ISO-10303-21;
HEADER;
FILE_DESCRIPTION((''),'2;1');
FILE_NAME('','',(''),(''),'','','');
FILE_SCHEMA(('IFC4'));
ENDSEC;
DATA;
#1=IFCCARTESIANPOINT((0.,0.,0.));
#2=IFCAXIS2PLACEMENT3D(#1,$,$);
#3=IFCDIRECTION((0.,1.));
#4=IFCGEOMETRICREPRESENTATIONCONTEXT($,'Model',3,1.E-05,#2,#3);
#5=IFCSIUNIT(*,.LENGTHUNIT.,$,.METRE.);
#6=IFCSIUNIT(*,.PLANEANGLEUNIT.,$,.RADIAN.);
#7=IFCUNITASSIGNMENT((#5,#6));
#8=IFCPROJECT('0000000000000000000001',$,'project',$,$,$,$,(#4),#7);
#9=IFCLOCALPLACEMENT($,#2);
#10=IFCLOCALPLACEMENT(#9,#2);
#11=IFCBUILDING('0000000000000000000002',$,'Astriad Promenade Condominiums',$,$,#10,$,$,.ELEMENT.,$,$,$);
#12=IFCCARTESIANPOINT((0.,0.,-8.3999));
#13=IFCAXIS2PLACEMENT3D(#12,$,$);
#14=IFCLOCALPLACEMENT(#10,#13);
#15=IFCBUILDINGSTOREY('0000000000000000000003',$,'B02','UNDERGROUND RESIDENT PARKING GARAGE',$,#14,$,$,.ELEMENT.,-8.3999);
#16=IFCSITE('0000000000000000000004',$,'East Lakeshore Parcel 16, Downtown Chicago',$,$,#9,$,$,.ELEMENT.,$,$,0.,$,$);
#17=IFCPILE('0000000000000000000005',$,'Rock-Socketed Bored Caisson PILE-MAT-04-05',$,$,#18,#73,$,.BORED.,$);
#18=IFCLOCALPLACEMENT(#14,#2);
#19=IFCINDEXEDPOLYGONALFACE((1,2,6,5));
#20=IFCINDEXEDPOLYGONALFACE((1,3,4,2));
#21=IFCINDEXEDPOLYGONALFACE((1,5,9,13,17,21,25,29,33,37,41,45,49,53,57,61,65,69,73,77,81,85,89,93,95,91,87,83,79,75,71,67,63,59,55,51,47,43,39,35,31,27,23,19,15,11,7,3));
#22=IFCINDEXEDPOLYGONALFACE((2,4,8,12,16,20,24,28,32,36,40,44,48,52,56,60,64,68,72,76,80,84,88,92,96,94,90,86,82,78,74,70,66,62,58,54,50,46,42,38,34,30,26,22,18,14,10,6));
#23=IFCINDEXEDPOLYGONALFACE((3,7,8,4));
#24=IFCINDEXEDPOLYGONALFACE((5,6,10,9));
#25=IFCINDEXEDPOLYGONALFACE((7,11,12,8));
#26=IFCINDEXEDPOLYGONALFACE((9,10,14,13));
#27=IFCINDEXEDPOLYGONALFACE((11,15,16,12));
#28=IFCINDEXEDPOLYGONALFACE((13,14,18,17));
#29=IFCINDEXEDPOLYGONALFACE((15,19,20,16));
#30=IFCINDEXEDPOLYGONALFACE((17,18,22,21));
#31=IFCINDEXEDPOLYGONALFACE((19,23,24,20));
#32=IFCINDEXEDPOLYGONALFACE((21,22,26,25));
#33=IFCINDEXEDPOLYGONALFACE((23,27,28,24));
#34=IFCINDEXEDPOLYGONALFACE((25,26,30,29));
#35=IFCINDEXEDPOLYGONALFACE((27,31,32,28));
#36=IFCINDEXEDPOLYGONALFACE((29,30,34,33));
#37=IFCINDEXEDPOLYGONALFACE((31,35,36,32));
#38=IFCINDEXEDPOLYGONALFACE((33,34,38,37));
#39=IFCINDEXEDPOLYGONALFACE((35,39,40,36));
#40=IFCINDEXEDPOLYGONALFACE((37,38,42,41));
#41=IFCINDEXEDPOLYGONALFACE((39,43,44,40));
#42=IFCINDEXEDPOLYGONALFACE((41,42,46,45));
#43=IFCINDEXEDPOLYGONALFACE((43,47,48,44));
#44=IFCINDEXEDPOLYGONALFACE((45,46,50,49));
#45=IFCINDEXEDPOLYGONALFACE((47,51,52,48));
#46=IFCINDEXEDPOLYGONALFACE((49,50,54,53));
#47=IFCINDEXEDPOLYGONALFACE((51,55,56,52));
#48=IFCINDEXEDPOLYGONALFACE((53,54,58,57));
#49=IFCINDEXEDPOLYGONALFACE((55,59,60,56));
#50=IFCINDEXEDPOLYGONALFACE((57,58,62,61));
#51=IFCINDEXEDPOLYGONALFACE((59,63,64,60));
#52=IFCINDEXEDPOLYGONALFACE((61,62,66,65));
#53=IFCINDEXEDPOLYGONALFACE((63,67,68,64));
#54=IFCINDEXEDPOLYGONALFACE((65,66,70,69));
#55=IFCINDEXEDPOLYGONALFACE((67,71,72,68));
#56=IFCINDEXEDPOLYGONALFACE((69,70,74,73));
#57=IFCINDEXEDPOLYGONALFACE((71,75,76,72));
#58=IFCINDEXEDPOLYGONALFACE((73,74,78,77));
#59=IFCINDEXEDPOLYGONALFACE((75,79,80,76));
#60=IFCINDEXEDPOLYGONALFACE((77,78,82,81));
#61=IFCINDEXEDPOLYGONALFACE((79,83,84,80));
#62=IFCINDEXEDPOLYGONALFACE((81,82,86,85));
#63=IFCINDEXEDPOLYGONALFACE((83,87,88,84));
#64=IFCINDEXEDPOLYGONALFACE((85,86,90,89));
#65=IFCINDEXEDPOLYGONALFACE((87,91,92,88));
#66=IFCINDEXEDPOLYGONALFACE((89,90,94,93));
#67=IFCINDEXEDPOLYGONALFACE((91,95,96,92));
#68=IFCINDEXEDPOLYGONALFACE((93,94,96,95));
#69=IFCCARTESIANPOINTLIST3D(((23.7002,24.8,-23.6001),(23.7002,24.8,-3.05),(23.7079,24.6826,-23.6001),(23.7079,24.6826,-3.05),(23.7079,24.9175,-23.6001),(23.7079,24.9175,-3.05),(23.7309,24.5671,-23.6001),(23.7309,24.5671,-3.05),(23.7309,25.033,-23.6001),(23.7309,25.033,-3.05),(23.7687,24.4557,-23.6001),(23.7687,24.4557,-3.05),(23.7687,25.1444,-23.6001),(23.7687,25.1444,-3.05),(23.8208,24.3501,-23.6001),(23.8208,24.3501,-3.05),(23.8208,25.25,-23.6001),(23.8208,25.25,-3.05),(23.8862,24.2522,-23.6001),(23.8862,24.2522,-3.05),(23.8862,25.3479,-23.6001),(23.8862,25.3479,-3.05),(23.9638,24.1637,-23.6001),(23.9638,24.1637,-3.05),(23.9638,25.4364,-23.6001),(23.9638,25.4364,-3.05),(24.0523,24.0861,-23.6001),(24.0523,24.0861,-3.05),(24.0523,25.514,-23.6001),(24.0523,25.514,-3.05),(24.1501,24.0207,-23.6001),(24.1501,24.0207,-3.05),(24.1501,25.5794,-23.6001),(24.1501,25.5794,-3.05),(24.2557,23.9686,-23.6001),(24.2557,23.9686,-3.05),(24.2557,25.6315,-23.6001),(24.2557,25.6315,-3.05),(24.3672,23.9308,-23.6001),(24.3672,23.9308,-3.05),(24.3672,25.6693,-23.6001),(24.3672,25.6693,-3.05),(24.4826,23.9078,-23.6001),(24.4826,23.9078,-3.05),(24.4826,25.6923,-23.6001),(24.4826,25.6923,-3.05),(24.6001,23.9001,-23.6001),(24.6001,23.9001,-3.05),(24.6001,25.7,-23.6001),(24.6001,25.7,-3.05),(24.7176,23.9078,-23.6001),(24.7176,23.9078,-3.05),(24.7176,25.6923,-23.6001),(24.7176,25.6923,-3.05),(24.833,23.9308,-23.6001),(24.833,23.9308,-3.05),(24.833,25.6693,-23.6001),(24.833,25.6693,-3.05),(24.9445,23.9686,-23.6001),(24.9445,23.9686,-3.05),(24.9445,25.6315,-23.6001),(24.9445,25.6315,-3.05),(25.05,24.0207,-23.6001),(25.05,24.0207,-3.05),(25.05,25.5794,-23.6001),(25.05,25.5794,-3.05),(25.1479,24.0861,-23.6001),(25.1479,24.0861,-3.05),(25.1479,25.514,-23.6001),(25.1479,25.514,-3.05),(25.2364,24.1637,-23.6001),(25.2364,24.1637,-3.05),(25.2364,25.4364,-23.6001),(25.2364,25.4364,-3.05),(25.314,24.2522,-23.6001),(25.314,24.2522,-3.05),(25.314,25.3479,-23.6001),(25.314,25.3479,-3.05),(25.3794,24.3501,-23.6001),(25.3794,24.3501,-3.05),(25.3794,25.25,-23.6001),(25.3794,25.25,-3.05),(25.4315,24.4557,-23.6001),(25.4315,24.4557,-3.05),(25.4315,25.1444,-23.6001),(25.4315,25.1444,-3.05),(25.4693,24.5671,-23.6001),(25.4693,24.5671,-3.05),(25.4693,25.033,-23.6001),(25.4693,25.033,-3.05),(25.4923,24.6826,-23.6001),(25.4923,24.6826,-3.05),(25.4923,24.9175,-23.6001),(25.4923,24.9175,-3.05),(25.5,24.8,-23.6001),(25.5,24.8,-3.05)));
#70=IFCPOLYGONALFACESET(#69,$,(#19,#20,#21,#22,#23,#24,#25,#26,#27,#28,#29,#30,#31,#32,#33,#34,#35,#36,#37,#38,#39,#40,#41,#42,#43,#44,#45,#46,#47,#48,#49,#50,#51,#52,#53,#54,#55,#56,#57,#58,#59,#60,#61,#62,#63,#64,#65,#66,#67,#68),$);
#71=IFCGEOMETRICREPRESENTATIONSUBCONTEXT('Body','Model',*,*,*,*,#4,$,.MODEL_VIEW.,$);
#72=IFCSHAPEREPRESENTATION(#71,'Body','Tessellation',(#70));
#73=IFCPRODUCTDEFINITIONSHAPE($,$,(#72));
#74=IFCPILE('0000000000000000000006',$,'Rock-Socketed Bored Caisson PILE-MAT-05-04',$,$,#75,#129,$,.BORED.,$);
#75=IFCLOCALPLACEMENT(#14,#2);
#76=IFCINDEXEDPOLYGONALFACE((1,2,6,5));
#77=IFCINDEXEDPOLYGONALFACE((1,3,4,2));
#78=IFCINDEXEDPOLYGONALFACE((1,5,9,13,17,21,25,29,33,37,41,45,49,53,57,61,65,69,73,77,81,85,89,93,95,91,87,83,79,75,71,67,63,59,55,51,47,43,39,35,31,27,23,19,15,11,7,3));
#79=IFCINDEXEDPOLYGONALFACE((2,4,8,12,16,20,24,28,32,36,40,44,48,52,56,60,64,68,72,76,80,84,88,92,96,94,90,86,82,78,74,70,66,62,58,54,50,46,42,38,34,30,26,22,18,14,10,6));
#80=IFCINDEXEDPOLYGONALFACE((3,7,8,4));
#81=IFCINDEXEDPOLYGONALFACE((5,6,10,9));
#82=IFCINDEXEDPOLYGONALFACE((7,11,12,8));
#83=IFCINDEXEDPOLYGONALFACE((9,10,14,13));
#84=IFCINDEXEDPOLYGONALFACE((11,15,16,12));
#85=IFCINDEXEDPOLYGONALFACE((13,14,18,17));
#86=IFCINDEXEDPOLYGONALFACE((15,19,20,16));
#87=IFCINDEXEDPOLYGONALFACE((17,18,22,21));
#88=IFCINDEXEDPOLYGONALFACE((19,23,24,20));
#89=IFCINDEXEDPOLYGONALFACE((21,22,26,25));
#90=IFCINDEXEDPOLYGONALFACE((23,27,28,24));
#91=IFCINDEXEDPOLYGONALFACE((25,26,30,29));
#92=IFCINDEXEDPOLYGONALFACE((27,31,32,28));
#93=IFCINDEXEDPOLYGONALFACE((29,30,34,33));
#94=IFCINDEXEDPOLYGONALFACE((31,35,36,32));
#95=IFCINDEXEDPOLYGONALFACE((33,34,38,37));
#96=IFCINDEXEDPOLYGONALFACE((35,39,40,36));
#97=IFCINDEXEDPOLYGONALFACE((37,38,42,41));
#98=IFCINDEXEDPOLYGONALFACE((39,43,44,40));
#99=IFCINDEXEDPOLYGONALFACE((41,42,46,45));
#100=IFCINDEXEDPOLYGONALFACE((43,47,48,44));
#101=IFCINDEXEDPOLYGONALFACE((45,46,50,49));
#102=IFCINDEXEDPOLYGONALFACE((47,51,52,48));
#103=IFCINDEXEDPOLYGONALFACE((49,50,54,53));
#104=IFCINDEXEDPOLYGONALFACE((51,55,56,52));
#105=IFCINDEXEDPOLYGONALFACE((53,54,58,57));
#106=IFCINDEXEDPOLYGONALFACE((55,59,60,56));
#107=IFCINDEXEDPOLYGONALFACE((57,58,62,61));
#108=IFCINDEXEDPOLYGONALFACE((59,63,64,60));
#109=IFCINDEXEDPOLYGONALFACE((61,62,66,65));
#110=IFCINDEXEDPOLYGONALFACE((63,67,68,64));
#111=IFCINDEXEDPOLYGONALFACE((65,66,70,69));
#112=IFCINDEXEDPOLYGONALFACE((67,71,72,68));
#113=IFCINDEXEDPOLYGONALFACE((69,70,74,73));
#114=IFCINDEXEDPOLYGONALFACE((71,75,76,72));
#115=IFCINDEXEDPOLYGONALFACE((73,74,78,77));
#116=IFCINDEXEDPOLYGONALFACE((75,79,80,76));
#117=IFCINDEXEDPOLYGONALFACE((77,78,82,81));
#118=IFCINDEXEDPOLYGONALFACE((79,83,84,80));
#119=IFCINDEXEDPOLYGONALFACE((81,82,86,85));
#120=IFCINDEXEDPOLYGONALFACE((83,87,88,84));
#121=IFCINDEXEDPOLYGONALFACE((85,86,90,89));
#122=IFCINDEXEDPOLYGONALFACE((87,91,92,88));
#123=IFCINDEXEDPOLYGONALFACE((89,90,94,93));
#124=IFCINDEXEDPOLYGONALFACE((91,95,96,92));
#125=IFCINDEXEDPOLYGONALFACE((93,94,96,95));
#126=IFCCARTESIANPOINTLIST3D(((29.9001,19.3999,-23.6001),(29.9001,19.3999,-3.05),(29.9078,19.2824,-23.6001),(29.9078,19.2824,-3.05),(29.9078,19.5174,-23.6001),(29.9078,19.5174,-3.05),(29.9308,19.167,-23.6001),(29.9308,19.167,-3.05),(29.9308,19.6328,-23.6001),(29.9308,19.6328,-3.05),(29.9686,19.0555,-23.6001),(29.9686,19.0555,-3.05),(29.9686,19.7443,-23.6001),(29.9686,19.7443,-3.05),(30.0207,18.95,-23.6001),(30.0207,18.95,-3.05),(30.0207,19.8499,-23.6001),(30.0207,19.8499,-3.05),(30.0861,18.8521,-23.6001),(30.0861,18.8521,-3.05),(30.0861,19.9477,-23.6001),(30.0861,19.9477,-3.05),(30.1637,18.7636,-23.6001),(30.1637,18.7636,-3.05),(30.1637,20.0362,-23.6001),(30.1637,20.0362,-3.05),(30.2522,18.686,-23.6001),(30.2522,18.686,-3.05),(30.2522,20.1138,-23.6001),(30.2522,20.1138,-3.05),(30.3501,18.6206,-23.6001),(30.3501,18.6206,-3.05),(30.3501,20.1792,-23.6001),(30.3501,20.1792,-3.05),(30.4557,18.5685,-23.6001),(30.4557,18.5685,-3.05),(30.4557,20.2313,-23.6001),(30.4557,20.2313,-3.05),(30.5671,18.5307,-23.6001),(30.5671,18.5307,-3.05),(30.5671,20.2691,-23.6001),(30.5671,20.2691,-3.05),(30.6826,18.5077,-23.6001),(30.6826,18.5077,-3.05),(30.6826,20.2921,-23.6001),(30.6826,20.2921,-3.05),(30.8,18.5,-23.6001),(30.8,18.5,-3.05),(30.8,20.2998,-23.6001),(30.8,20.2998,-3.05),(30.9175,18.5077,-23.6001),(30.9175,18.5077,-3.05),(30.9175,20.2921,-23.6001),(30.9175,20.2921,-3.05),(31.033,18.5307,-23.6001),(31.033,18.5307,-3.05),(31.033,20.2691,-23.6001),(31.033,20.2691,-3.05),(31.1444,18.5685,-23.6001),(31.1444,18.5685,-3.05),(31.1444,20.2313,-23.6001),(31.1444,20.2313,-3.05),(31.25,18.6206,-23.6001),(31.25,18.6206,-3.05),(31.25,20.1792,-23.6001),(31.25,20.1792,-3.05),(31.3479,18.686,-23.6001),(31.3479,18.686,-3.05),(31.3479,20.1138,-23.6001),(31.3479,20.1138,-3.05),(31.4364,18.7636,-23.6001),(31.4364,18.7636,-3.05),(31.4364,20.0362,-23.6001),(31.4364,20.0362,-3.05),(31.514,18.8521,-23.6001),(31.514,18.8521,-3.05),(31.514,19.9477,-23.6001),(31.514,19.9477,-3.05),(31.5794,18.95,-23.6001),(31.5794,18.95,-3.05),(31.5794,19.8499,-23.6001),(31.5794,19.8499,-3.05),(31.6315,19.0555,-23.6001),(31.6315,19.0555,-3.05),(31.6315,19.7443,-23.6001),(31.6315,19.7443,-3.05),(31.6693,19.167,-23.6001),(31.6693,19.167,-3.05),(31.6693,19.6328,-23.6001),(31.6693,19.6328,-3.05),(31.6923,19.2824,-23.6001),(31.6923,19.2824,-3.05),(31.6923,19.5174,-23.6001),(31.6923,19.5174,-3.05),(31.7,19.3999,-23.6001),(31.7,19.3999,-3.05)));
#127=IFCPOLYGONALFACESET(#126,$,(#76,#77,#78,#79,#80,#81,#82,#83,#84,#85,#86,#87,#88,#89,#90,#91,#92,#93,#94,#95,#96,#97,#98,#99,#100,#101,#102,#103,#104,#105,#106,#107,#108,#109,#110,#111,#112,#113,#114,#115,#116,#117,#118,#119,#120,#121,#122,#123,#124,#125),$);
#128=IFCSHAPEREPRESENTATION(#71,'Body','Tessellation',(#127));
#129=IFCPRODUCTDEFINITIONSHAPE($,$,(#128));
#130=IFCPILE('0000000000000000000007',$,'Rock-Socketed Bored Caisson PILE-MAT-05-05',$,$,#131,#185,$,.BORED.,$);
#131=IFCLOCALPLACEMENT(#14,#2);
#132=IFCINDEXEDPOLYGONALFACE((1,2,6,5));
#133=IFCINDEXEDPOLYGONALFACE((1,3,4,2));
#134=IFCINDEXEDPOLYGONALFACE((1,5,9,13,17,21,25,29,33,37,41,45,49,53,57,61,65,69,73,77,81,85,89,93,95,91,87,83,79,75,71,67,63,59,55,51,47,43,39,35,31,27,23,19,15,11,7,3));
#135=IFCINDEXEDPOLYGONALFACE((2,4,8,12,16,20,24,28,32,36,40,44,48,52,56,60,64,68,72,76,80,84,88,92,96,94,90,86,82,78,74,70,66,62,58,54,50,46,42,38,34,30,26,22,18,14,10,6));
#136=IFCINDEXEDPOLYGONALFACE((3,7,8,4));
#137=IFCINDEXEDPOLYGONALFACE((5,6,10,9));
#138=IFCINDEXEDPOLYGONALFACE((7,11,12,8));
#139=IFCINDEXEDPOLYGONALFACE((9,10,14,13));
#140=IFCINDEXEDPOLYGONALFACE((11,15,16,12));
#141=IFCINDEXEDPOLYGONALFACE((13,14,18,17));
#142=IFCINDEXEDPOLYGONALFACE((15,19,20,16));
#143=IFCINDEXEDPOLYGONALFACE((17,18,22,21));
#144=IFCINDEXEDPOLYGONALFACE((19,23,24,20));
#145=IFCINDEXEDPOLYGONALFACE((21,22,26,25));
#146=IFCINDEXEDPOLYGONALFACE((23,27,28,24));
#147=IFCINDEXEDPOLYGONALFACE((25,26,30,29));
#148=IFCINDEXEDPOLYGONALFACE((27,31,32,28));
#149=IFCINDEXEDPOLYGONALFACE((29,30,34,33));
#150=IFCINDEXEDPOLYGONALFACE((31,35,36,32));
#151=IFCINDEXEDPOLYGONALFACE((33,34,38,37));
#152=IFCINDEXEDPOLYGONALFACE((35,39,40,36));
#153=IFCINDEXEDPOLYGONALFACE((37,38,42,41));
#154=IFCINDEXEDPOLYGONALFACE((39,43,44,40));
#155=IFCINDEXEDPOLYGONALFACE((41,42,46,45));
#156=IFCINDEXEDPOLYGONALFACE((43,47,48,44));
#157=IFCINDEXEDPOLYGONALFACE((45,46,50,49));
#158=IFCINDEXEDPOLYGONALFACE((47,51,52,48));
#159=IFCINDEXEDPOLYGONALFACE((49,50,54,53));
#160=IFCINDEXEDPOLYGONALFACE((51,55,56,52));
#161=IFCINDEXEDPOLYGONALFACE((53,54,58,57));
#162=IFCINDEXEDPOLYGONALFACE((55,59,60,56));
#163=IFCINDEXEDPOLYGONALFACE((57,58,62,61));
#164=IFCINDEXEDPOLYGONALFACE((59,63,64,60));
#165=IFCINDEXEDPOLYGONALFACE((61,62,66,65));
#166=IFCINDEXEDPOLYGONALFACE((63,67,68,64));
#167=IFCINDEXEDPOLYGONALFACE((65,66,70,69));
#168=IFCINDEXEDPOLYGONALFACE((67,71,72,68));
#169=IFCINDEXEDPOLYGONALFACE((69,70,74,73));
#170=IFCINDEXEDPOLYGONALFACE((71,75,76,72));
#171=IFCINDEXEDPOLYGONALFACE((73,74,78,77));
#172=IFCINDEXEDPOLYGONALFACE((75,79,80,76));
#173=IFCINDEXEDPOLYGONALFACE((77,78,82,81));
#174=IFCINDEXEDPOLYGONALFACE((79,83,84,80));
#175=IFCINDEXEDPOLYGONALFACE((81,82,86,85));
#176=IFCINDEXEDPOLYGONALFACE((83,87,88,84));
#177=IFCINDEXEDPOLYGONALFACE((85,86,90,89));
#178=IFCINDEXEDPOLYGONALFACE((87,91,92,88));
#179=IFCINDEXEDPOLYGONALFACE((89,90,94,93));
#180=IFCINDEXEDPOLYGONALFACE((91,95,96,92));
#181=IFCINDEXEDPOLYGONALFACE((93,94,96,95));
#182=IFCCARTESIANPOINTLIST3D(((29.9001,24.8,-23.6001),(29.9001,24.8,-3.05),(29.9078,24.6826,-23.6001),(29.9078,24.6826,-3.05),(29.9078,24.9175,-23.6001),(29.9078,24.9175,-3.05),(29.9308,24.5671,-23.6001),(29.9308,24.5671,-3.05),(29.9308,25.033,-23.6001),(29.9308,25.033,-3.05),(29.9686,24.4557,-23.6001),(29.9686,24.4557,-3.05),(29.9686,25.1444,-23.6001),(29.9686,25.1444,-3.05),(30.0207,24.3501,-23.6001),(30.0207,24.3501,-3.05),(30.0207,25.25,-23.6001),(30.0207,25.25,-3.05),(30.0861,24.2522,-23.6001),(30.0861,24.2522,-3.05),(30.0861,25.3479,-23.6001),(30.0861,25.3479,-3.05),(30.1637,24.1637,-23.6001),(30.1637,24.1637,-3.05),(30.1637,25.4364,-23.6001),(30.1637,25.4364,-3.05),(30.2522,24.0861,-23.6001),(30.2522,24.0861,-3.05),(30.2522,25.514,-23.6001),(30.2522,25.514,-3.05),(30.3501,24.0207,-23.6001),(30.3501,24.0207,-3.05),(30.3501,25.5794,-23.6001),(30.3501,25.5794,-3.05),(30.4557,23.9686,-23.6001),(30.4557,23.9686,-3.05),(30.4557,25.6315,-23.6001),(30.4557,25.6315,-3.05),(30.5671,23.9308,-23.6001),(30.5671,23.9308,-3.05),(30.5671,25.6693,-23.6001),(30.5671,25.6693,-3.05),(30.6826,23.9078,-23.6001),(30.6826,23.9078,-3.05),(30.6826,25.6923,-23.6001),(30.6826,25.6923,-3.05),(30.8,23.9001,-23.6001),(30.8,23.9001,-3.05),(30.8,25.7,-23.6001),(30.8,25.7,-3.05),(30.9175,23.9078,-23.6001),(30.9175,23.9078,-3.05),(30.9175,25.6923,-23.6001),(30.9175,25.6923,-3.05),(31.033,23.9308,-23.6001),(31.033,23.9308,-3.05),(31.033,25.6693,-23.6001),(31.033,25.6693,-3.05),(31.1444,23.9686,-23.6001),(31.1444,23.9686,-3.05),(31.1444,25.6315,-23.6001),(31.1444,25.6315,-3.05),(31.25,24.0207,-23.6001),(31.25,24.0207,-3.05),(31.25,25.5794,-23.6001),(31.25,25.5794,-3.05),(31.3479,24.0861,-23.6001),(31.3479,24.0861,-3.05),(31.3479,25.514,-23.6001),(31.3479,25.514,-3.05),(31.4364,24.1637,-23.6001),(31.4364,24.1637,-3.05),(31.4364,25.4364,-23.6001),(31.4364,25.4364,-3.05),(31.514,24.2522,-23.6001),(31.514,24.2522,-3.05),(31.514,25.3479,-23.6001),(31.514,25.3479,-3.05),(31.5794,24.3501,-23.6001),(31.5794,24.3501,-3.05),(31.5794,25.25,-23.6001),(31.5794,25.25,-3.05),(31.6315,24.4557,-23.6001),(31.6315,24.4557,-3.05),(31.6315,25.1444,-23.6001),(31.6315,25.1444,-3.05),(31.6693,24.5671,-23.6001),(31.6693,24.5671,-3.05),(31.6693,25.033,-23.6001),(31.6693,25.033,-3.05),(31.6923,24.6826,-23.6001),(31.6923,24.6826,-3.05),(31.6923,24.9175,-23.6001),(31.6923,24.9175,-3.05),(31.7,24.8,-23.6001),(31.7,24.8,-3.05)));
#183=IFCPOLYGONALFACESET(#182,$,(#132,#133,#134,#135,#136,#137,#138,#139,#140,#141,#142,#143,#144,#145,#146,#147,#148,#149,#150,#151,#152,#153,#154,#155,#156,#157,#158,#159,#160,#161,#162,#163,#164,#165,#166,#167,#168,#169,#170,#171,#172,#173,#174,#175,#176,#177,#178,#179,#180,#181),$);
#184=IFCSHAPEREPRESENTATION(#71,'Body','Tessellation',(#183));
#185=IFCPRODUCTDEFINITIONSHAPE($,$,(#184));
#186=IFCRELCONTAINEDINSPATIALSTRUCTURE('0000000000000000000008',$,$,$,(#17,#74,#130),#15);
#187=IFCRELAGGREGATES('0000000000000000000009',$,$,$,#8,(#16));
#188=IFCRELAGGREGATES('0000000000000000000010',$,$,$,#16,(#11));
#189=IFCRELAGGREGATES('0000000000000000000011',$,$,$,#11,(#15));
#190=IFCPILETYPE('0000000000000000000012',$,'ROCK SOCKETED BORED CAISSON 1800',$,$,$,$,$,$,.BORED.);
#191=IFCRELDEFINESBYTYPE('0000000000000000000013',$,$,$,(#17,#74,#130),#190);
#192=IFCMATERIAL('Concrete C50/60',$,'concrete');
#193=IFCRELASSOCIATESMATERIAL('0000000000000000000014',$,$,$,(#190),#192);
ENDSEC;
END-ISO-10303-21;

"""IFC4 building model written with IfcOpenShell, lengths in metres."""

from ifc_helpers import new_model, si_unit, direction, frame, origin, origin_2d, place, context, subcontext, project, spatial, circle, extrude, source, transform, mapped, material, material_profile, profile_set, type_object, type_shapes, element, save


model = new_model("IFC4")

# Units and contexts
model_context = context("Model", 3, precision=1e-05, world=origin(), true_north=direction((0.0, 1.0)))
body_context = subcontext(model_context, "Body", "Model", "MODEL_VIEW")
ifc_project = project(units=[si_unit("LENGTHUNIT", "METRE"), si_unit("PLANEANGLEUNIT", "RADIAN")], contexts=[model_context])

# Site, building, storey
site_placement = place(None, origin())
site = spatial("IfcSite", under=ifc_project, at=site_placement, Name="East Lakeshore Parcel 16, Downtown Chicago", CompositionType="ELEMENT", RefElevation=0.0)
building_placement = place(site_placement, origin())
building = spatial("IfcBuilding", under=site, at=building_placement, Name="Astriad Promenade Condominiums", CompositionType="ELEMENT")
storey_placement = place(building_placement, frame((0.0, 0.0, -8.3999)))
storey = spatial("IfcBuildingStorey", under=building, at=storey_placement, Name="B02", Description="UNDERGROUND RESIDENT PARKING GARAGE", CompositionType="ELEMENT", Elevation=-8.3999)

# Piles
ifc_material_1 = material(Name="Concrete C50/60", Category="concrete")
ifc_material_profile_1 = material_profile(ifc_material_1, circle(Radius=0.8999, at=origin_2d()), Name="CAISSON-D1800")
ifc_profile_set_1 = profile_set([ifc_material_profile_1], Name="Concrete C50/60")
pile_type_1 = type_object("IfcPileType", Name="ROCK SOCKETED BORED CAISSON 1800", PredefinedType="BORED", material=ifc_profile_set_1)
shared_shape_1 = source(origin(), body_context, "Body", "SweptSolid", [
    extrude(circle(Radius=0.8999, at=origin_2d()), origin(), (0.0, 0.0, 1.0), 20.55),
])
type_shapes(pile_type_1, [shared_shape_1])
for number, where, z_axis, x_axis, name in (
    (1, (24.6001, 24.8, -3.05), (0.0, 0.0, -1.0), (1.0, 0.0, 0.0), "Rock-Socketed Bored Caisson PILE-MAT-04-05"),
    (2, (30.8, 19.3999, -3.05), (0.0, 0.0, -1.0), (1.0, 0.0, 0.0), "Rock-Socketed Bored Caisson PILE-MAT-05-04"),
    (3, (30.8, 24.8, -3.05), (0.0, 0.0, -1.0), (1.0, 0.0, 0.0), "Rock-Socketed Bored Caisson PILE-MAT-05-05"),
):
    element("IfcPile", number, at=place(storey_placement, frame(where, z_axis=z_axis, x_axis=x_axis)), inside=storey, type_object=pile_type_1, Name=name, PredefinedType="BORED", context=body_context, shape_type="MappedRepresentation", body=[
        mapped(shared_shape_1, transform((0.0, 0.0, 0.0), scale=1.0)),
    ])

save(model, "model.ifc")
